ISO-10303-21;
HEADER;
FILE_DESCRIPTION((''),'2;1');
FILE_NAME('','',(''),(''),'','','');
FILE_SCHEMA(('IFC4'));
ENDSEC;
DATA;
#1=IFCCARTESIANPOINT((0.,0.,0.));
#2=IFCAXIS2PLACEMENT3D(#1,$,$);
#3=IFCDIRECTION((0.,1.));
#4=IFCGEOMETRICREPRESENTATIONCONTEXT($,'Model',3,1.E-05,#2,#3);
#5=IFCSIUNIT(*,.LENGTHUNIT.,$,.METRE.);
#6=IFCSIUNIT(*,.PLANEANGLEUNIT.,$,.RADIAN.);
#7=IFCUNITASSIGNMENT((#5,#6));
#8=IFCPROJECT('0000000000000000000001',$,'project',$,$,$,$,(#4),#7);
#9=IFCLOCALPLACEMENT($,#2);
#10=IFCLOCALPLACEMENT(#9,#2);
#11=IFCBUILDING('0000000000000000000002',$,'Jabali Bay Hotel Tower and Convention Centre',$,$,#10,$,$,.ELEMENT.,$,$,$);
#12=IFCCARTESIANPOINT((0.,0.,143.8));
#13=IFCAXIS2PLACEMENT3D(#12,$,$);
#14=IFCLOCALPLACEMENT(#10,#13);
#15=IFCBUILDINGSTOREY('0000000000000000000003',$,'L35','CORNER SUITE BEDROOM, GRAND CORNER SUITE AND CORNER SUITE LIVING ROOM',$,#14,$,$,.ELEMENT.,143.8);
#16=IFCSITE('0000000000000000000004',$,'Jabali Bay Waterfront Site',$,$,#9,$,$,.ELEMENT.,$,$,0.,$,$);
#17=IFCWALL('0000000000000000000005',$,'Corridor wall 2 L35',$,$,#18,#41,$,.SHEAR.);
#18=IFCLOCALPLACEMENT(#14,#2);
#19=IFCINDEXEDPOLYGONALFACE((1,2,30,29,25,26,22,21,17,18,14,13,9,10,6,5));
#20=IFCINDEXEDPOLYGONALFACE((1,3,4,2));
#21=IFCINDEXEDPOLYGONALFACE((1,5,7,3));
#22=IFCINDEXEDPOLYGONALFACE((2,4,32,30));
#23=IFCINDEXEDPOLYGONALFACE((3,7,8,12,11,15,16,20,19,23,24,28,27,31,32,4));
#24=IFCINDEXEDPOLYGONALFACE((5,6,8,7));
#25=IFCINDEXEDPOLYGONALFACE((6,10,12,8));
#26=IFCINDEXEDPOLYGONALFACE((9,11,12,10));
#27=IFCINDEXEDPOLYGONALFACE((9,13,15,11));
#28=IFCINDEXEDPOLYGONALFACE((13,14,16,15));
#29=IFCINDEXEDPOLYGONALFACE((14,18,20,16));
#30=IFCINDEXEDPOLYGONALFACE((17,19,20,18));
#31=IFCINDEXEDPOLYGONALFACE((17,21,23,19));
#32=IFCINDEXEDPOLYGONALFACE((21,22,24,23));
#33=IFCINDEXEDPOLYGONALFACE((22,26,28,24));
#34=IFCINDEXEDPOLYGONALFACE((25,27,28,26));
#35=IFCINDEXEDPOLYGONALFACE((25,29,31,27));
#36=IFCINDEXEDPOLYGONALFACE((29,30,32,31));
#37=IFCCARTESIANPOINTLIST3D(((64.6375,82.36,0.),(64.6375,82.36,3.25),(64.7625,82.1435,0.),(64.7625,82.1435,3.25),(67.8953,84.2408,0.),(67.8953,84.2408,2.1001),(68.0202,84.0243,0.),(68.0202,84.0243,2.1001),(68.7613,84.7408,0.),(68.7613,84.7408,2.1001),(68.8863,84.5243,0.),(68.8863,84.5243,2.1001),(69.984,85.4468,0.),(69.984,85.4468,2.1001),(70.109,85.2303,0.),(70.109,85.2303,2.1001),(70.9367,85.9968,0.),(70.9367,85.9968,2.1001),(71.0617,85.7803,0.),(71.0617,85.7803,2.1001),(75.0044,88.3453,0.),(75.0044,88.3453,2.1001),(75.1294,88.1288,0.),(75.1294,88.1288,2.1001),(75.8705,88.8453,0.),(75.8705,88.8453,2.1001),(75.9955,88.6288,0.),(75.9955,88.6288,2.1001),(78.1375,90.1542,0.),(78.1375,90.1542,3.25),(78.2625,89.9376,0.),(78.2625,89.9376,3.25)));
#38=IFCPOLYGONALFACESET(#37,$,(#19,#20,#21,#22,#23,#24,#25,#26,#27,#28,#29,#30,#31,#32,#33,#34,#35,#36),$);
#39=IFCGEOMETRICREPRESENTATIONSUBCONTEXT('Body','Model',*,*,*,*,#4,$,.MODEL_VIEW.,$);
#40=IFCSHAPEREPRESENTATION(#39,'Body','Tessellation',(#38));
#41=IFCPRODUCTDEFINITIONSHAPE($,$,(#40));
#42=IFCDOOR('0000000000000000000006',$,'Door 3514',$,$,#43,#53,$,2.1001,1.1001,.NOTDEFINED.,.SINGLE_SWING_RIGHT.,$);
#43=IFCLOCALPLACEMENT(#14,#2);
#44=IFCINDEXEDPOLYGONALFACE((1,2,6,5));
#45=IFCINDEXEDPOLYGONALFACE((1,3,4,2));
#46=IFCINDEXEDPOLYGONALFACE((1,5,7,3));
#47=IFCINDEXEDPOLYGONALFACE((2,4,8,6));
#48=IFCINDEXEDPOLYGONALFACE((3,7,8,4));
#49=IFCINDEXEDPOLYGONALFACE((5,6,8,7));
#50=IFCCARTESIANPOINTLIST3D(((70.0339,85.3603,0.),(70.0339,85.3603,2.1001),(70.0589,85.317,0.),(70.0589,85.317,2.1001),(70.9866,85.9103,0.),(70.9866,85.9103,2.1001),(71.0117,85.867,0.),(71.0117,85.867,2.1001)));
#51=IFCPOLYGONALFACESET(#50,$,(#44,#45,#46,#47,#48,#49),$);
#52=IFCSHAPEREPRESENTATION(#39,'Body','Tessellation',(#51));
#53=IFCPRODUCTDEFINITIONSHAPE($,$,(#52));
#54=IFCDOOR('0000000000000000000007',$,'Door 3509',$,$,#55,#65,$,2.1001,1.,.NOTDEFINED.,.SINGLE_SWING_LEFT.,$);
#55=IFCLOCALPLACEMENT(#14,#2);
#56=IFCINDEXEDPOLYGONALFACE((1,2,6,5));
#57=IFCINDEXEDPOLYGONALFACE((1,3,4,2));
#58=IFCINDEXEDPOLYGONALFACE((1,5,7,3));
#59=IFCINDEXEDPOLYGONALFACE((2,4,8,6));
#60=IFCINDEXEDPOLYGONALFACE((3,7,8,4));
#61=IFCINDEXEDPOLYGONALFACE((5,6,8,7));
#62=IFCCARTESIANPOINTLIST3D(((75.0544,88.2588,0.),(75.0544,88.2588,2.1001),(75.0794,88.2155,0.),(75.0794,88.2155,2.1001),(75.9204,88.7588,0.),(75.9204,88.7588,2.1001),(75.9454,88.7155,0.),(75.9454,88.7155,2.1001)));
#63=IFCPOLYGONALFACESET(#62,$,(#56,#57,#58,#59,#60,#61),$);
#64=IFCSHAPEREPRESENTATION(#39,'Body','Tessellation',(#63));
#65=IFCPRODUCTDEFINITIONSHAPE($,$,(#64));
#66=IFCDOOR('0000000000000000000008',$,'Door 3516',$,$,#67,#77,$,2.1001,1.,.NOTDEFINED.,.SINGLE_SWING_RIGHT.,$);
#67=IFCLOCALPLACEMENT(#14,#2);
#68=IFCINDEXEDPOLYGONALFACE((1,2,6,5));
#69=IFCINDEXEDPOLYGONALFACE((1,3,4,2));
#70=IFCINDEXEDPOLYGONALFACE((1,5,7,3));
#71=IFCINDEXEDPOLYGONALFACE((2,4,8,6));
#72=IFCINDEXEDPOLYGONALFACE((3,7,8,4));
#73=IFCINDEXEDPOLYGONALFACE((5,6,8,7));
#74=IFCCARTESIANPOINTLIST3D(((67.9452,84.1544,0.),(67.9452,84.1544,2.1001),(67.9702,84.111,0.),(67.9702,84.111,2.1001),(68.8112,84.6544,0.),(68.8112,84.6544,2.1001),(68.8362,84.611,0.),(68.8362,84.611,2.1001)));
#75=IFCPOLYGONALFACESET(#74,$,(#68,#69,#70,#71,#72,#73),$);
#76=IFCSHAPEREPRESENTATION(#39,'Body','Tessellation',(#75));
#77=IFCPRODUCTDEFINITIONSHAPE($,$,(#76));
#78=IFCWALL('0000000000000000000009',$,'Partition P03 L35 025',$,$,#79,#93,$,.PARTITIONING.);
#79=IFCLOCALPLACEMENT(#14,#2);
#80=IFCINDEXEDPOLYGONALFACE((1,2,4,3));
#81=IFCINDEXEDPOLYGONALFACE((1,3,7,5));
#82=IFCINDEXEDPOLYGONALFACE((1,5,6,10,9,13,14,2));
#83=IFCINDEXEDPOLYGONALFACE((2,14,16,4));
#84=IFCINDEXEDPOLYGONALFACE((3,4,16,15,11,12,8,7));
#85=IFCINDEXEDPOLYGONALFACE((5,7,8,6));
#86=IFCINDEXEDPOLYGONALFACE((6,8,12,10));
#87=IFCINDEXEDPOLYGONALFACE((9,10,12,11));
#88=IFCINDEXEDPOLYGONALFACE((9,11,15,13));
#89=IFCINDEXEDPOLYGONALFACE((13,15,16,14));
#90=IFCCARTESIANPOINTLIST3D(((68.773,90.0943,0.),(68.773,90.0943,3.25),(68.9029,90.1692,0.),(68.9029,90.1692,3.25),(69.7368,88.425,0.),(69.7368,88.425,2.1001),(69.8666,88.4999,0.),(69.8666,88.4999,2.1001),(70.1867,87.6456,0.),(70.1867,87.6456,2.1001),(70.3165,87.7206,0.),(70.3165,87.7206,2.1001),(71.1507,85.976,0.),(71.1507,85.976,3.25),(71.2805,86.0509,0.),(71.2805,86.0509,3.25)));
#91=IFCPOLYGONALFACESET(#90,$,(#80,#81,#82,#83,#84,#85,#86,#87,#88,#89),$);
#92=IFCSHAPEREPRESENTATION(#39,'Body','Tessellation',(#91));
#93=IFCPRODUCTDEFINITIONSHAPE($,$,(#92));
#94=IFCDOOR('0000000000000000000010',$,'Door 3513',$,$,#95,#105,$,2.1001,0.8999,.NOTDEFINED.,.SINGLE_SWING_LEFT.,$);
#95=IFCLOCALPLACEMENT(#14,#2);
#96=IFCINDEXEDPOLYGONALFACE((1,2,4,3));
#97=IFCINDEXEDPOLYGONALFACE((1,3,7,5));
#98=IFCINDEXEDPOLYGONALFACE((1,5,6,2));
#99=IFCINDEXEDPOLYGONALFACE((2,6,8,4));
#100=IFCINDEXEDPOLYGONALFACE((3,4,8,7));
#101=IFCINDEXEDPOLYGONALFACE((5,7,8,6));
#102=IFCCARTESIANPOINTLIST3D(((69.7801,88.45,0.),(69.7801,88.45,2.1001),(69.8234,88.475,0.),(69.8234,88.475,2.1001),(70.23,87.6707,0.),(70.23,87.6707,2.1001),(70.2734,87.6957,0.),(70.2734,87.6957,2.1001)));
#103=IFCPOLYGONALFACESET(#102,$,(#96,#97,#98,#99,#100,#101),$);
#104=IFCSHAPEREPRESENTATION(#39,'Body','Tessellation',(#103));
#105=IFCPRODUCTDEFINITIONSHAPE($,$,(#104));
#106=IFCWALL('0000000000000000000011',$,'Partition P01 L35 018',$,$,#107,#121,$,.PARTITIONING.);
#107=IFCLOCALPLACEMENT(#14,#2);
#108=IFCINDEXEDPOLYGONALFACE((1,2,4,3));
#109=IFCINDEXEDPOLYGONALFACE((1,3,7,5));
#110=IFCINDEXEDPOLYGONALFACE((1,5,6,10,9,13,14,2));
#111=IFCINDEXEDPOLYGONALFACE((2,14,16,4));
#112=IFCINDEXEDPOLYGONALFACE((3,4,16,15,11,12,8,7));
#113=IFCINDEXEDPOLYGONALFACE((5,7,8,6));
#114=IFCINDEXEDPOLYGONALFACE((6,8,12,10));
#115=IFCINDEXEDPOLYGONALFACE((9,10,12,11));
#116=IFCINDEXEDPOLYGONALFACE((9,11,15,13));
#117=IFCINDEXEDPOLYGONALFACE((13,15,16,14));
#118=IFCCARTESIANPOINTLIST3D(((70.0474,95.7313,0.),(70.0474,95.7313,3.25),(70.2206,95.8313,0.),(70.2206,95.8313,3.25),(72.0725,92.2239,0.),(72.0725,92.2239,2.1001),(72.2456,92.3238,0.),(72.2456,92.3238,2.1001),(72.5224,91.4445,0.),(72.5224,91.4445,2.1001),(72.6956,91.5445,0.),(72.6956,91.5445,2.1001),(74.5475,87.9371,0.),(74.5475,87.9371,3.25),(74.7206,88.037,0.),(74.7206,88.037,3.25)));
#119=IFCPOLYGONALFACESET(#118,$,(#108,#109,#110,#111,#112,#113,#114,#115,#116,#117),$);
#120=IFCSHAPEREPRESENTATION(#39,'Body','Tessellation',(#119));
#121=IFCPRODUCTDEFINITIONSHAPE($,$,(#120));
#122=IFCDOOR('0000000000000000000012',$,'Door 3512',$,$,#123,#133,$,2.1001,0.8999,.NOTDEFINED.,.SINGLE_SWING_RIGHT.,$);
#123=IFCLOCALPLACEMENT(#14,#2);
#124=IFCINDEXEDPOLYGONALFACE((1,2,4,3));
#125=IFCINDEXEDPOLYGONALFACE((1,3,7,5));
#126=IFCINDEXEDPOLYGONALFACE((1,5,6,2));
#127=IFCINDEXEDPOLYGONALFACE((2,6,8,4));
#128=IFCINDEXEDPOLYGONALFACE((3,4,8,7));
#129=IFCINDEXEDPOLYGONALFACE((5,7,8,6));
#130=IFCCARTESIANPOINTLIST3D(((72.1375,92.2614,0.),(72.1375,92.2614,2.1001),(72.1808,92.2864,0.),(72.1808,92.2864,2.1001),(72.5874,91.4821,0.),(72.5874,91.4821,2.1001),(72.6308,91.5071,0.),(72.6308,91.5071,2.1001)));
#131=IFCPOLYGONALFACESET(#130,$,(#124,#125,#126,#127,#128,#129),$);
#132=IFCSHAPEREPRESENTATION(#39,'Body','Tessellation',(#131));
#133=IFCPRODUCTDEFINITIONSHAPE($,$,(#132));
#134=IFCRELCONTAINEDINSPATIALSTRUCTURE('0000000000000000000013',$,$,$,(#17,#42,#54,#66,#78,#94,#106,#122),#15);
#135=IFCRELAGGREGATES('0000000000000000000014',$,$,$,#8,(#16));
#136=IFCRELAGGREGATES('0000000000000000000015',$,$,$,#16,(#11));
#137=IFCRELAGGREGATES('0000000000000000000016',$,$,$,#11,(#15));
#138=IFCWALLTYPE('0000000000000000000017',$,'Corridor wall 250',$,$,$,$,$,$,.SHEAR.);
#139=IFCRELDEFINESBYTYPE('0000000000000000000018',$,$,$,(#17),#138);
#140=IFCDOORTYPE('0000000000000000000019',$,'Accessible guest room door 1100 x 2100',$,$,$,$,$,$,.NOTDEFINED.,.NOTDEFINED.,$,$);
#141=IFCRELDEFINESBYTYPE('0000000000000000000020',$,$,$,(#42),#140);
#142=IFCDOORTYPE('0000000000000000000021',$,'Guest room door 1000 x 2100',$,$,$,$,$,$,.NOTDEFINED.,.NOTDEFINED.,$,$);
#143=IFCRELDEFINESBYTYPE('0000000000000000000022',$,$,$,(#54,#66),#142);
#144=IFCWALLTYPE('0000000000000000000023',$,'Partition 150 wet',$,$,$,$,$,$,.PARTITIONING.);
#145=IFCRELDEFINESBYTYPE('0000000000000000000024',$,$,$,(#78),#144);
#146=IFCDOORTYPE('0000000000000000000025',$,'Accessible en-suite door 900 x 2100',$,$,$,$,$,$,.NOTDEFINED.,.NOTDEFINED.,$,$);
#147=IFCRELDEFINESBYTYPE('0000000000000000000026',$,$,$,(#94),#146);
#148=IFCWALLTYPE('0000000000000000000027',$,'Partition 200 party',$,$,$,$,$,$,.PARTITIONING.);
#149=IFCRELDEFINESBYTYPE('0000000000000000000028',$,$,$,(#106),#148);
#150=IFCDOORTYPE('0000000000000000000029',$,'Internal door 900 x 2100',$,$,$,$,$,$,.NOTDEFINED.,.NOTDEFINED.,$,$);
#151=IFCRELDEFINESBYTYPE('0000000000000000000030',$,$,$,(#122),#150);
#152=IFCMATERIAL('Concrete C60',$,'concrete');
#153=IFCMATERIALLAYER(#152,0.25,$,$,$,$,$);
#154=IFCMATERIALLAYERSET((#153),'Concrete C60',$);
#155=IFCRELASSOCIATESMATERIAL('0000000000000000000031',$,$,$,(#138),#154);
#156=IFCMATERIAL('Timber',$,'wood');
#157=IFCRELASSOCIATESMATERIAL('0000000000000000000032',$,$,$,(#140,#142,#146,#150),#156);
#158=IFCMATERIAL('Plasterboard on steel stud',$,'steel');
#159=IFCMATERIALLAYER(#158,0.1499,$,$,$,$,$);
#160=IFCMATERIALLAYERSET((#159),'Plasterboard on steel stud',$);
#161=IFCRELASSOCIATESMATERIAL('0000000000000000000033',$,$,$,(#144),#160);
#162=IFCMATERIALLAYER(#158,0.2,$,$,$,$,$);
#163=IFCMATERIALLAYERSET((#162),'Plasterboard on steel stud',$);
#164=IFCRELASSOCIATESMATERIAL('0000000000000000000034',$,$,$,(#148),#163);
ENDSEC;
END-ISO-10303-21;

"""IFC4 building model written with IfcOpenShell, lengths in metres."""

from ifc_helpers import new_model, si_unit, direction, frame, frame_2d, origin, place, context, subcontext, project, spatial, rectangle, extrude, material, layer, layer_set, type_object, element, fill, save


model = new_model("IFC4")

# Units and contexts
model_context = context("Model", 3, precision=1e-05, world=origin(), true_north=direction((0.0, 1.0)))
body_context = subcontext(model_context, "Body", "Model", "MODEL_VIEW")
ifc_project = project(units=[si_unit("LENGTHUNIT", "METRE"), si_unit("PLANEANGLEUNIT", "RADIAN")], contexts=[model_context])

# Site, building, storey
site_placement = place(None, origin())
site = spatial("IfcSite", under=ifc_project, at=site_placement, Name="Jabali Bay Waterfront Site", CompositionType="ELEMENT", RefElevation=0.0)
building_placement = place(site_placement, origin())
building = spatial("IfcBuilding", under=site, at=building_placement, Name="Jabali Bay Hotel Tower and Convention Centre", CompositionType="ELEMENT")
storey_placement = place(building_placement, frame((0.0, 0.0, 143.8)))
storey = spatial("IfcBuildingStorey", under=building, at=storey_placement, Name="L35", Description="CORNER SUITE BEDROOM, GRAND CORNER SUITE AND CORNER SUITE LIVING ROOM", CompositionType="ELEMENT", Elevation=143.8)

# Shared definitions
ifc_material_1 = material(Name="Concrete C60", Category="concrete")

# Wall, openings, doors
ifc_layer_1 = layer(ifc_material_1, 0.25)
ifc_layer_set_1 = layer_set([ifc_layer_1], Name="Concrete C60")
wall_type_1 = type_object("IfcWallType", Name="Corridor wall 250", PredefinedType="SHEAR", material=ifc_layer_set_1)
wall_1_placement = place(storey_placement, frame((78.2, 90.0459, 0.0), z_axis=(0.0, 0.0, 1.0), x_axis=(-0.866026, -0.499998, 0.0)))
wall_1 = element("IfcWall", 1, at=wall_1_placement, inside=storey, type_object=wall_type_1, Name="Corridor wall 2 L35", PredefinedType="SHEAR", context=body_context, shape_type="SweptSolid", body=[
    extrude(rectangle(XDim=15.5884, YDim=0.25, at=frame_2d((7.7942, 0.0))), origin(), (0.0, 0.0, 1.0), 3.25),
])
opening_1_placement = place(wall_1_placement, frame((2.6177, 0.0, 0.0)))
opening_1 = element("IfcOpeningElement", 2, at=opening_1_placement, cuts=wall_1, PredefinedType="OPENING", context=body_context, shape_type="SweptSolid", body=[
    extrude(rectangle(XDim=1.0, YDim=2.1001, at=frame_2d((0.5, 1.05))), frame((0.0, 0.1355, 0.0), z_axis=(0.0, -1.0, 0.0), x_axis=(1.0, 0.0, 0.0)), (0.0, 0.0, 1.0), 0.271),
])
opening_2_placement = place(wall_1_placement, frame((8.3147, 0.0, 0.0)))
opening_2 = element("IfcOpeningElement", 3, at=opening_2_placement, cuts=wall_1, PredefinedType="OPENING", context=body_context, shape_type="SweptSolid", body=[
    extrude(rectangle(XDim=1.1001, YDim=2.1001, at=frame_2d((0.55, 1.05))), frame((0.0, 0.1355, 0.0), z_axis=(0.0, -1.0, 0.0), x_axis=(1.0, 0.0, 0.0)), (0.0, 0.0, 1.0), 0.271),
])
opening_3_placement = place(wall_1_placement, frame((10.8267, 0.0, 0.0)))
opening_3 = element("IfcOpeningElement", 4, at=opening_3_placement, cuts=wall_1, PredefinedType="OPENING", context=body_context, shape_type="SweptSolid", body=[
    extrude(rectangle(XDim=1.0, YDim=2.1001, at=frame_2d((0.5, 1.05))), frame((0.0, 0.1355, 0.0), z_axis=(0.0, -1.0, 0.0), x_axis=(1.0, 0.0, 0.0)), (0.0, 0.0, 1.0), 0.271),
])
ifc_material_2 = material(Name="Timber", Category="wood")
door_type_1 = type_object("IfcDoorType", Name="Accessible guest room door 1100 x 2100", OperationType="NOTDEFINED", PredefinedType="NOTDEFINED", material=ifc_material_2)
door_1_placement = place(opening_2_placement, origin())
door_1 = element("IfcDoor", 5, at=door_1_placement, inside=storey, type_object=door_type_1, Name="Door 3514", OperationType="SINGLE_SWING_RIGHT", OverallHeight=2.1001, OverallWidth=1.1001, PredefinedType="NOTDEFINED", context=body_context, shape_type="SweptSolid", body=[
    extrude(rectangle(XDim=1.1001, YDim=2.1001, at=frame_2d((0.55, 1.05))), frame((0.0, 0.0249, 0.0), z_axis=(0.0, -1.0, 0.0), x_axis=(1.0, 0.0, 0.0)), (0.0, 0.0, 1.0), 0.05),
])
fill(opening_2, door_1)
door_type_2 = type_object("IfcDoorType", Name="Guest room door 1000 x 2100", OperationType="NOTDEFINED", PredefinedType="NOTDEFINED", material=ifc_material_2)
door_2_placement = place(opening_1_placement, origin())
door_2 = element("IfcDoor", 6, at=door_2_placement, inside=storey, type_object=door_type_2, Name="Door 3509", OperationType="SINGLE_SWING_LEFT", OverallHeight=2.1001, OverallWidth=1.0, PredefinedType="NOTDEFINED", context=body_context, shape_type="SweptSolid", body=[
    extrude(rectangle(XDim=1.0, YDim=2.1001, at=frame_2d((0.5, 1.05))), frame((0.0, 0.0249, 0.0), z_axis=(0.0, -1.0, 0.0), x_axis=(1.0, 0.0, 0.0)), (0.0, 0.0, 1.0), 0.05),
])
fill(opening_1, door_2)
door_3_placement = place(opening_3_placement, origin())
door_3 = element("IfcDoor", 7, at=door_3_placement, inside=storey, type_object=door_type_2, Name="Door 3516", OperationType="SINGLE_SWING_RIGHT", OverallHeight=2.1001, OverallWidth=1.0, PredefinedType="NOTDEFINED", context=body_context, shape_type="SweptSolid", body=[
    extrude(rectangle(XDim=1.0, YDim=2.1001, at=frame_2d((0.5, 1.05))), frame((0.0, 0.0249, 0.0), z_axis=(0.0, -1.0, 0.0), x_axis=(1.0, 0.0, 0.0)), (0.0, 0.0, 1.0), 0.05),
])
fill(opening_3, door_3)

# Walls, openings, doors
ifc_material_3 = material(Name="Plasterboard on steel stud", Category="steel")
ifc_layer_2 = layer(ifc_material_3, 0.1499)
ifc_layer_set_2 = layer_set([ifc_layer_2], Name="Plasterboard on steel stud")
wall_type_2 = type_object("IfcWallType", Name="Partition 150 wet", PredefinedType="PARTITIONING", material=ifc_layer_set_2)
wall_2_placement = place(storey_placement, frame((71.2156, 86.0134, 0.0), z_axis=(0.0, 0.0, 1.0), x_axis=(-0.499988, 0.866033, 0.0)))
wall_2 = element("IfcWall", 8, at=wall_2_placement, inside=storey, type_object=wall_type_2, Name="Partition P03 L35 025", PredefinedType="PARTITIONING", context=body_context, shape_type="SweptSolid", body=[
    extrude(rectangle(XDim=4.7554, YDim=0.1499, at=frame_2d((2.3777, 0.0))), origin(), (0.0, 0.0, 1.0), 3.25),
])
opening_4_placement = place(wall_2_placement, frame((1.928, 0.0, 0.0)))
opening_4 = element("IfcOpeningElement", 9, at=opening_4_placement, cuts=wall_2, PredefinedType="OPENING", context=body_context, shape_type="SweptSolid", body=[
    extrude(rectangle(XDim=0.8999, YDim=2.1001, at=frame_2d((0.45, 1.05))), frame((0.0, 0.0854, 0.0), z_axis=(0.0, -1.0, 0.0), x_axis=(1.0, 0.0, 0.0)), (0.0, 0.0, 1.0), 0.1709),
])
door_type_3 = type_object("IfcDoorType", Name="Accessible en-suite door 900 x 2100", OperationType="NOTDEFINED", PredefinedType="NOTDEFINED", material=ifc_material_2)
door_4_placement = place(opening_4_placement, origin())
door_4 = element("IfcDoor", 10, at=door_4_placement, inside=storey, type_object=door_type_3, Name="Door 3513", OperationType="SINGLE_SWING_LEFT", OverallHeight=2.1001, OverallWidth=0.8999, PredefinedType="NOTDEFINED", context=body_context, shape_type="SweptSolid", body=[
    extrude(rectangle(XDim=0.8999, YDim=2.1001, at=frame_2d((0.45, 1.05))), frame((0.0, 0.0249, 0.0), z_axis=(0.0, -1.0, 0.0), x_axis=(1.0, 0.0, 0.0)), (0.0, 0.0, 1.0), 0.05),
])
fill(opening_4, door_4)
ifc_layer_3 = layer(ifc_material_3, 0.2)
ifc_layer_set_3 = layer_set([ifc_layer_3], Name="Plasterboard on steel stud")
wall_type_3 = type_object("IfcWallType", Name="Partition 200 party", PredefinedType="PARTITIONING", material=ifc_layer_set_3)
wall_3_placement = place(storey_placement, frame((74.634, 87.9871, 0.0), z_axis=(0.0, 0.0, 1.0), x_axis=(-0.500002, 0.866024, 0.0)))
wall_3 = element("IfcWall", 11, at=wall_3_placement, inside=storey, type_object=wall_type_3, Name="Partition P01 L35 018", PredefinedType="PARTITIONING", context=body_context, shape_type="SweptSolid", body=[
    extrude(rectangle(XDim=9.0, YDim=0.2, at=frame_2d((4.5, 0.0))), origin(), (0.0, 0.0, 1.0), 3.25),
])
opening_5_placement = place(wall_3_placement, frame((4.05, 0.0, 0.0)))
opening_5 = element("IfcOpeningElement", 12, at=opening_5_placement, cuts=wall_3, PredefinedType="OPENING", context=body_context, shape_type="SweptSolid", body=[
    extrude(rectangle(XDim=0.8999, YDim=2.1001, at=frame_2d((0.45, 1.05))), frame((0.0, 0.1104, 0.0), z_axis=(0.0, -1.0, 0.0), x_axis=(1.0, 0.0, 0.0)), (0.0, 0.0, 1.0), 0.2209),
])
door_type_4 = type_object("IfcDoorType", Name="Internal door 900 x 2100", OperationType="NOTDEFINED", PredefinedType="NOTDEFINED", material=ifc_material_2)
door_5_placement = place(opening_5_placement, origin())
door_5 = element("IfcDoor", 13, at=door_5_placement, inside=storey, type_object=door_type_4, Name="Door 3512", OperationType="SINGLE_SWING_RIGHT", OverallHeight=2.1001, OverallWidth=0.8999, PredefinedType="NOTDEFINED", context=body_context, shape_type="SweptSolid", body=[
    extrude(rectangle(XDim=0.8999, YDim=2.1001, at=frame_2d((0.45, 1.05))), frame((0.0, 0.0249, 0.0), z_axis=(0.0, -1.0, 0.0), x_axis=(1.0, 0.0, 0.0)), (0.0, 0.0, 1.0), 0.05),
])
fill(opening_5, door_5)

save(model, "model.ifc")
